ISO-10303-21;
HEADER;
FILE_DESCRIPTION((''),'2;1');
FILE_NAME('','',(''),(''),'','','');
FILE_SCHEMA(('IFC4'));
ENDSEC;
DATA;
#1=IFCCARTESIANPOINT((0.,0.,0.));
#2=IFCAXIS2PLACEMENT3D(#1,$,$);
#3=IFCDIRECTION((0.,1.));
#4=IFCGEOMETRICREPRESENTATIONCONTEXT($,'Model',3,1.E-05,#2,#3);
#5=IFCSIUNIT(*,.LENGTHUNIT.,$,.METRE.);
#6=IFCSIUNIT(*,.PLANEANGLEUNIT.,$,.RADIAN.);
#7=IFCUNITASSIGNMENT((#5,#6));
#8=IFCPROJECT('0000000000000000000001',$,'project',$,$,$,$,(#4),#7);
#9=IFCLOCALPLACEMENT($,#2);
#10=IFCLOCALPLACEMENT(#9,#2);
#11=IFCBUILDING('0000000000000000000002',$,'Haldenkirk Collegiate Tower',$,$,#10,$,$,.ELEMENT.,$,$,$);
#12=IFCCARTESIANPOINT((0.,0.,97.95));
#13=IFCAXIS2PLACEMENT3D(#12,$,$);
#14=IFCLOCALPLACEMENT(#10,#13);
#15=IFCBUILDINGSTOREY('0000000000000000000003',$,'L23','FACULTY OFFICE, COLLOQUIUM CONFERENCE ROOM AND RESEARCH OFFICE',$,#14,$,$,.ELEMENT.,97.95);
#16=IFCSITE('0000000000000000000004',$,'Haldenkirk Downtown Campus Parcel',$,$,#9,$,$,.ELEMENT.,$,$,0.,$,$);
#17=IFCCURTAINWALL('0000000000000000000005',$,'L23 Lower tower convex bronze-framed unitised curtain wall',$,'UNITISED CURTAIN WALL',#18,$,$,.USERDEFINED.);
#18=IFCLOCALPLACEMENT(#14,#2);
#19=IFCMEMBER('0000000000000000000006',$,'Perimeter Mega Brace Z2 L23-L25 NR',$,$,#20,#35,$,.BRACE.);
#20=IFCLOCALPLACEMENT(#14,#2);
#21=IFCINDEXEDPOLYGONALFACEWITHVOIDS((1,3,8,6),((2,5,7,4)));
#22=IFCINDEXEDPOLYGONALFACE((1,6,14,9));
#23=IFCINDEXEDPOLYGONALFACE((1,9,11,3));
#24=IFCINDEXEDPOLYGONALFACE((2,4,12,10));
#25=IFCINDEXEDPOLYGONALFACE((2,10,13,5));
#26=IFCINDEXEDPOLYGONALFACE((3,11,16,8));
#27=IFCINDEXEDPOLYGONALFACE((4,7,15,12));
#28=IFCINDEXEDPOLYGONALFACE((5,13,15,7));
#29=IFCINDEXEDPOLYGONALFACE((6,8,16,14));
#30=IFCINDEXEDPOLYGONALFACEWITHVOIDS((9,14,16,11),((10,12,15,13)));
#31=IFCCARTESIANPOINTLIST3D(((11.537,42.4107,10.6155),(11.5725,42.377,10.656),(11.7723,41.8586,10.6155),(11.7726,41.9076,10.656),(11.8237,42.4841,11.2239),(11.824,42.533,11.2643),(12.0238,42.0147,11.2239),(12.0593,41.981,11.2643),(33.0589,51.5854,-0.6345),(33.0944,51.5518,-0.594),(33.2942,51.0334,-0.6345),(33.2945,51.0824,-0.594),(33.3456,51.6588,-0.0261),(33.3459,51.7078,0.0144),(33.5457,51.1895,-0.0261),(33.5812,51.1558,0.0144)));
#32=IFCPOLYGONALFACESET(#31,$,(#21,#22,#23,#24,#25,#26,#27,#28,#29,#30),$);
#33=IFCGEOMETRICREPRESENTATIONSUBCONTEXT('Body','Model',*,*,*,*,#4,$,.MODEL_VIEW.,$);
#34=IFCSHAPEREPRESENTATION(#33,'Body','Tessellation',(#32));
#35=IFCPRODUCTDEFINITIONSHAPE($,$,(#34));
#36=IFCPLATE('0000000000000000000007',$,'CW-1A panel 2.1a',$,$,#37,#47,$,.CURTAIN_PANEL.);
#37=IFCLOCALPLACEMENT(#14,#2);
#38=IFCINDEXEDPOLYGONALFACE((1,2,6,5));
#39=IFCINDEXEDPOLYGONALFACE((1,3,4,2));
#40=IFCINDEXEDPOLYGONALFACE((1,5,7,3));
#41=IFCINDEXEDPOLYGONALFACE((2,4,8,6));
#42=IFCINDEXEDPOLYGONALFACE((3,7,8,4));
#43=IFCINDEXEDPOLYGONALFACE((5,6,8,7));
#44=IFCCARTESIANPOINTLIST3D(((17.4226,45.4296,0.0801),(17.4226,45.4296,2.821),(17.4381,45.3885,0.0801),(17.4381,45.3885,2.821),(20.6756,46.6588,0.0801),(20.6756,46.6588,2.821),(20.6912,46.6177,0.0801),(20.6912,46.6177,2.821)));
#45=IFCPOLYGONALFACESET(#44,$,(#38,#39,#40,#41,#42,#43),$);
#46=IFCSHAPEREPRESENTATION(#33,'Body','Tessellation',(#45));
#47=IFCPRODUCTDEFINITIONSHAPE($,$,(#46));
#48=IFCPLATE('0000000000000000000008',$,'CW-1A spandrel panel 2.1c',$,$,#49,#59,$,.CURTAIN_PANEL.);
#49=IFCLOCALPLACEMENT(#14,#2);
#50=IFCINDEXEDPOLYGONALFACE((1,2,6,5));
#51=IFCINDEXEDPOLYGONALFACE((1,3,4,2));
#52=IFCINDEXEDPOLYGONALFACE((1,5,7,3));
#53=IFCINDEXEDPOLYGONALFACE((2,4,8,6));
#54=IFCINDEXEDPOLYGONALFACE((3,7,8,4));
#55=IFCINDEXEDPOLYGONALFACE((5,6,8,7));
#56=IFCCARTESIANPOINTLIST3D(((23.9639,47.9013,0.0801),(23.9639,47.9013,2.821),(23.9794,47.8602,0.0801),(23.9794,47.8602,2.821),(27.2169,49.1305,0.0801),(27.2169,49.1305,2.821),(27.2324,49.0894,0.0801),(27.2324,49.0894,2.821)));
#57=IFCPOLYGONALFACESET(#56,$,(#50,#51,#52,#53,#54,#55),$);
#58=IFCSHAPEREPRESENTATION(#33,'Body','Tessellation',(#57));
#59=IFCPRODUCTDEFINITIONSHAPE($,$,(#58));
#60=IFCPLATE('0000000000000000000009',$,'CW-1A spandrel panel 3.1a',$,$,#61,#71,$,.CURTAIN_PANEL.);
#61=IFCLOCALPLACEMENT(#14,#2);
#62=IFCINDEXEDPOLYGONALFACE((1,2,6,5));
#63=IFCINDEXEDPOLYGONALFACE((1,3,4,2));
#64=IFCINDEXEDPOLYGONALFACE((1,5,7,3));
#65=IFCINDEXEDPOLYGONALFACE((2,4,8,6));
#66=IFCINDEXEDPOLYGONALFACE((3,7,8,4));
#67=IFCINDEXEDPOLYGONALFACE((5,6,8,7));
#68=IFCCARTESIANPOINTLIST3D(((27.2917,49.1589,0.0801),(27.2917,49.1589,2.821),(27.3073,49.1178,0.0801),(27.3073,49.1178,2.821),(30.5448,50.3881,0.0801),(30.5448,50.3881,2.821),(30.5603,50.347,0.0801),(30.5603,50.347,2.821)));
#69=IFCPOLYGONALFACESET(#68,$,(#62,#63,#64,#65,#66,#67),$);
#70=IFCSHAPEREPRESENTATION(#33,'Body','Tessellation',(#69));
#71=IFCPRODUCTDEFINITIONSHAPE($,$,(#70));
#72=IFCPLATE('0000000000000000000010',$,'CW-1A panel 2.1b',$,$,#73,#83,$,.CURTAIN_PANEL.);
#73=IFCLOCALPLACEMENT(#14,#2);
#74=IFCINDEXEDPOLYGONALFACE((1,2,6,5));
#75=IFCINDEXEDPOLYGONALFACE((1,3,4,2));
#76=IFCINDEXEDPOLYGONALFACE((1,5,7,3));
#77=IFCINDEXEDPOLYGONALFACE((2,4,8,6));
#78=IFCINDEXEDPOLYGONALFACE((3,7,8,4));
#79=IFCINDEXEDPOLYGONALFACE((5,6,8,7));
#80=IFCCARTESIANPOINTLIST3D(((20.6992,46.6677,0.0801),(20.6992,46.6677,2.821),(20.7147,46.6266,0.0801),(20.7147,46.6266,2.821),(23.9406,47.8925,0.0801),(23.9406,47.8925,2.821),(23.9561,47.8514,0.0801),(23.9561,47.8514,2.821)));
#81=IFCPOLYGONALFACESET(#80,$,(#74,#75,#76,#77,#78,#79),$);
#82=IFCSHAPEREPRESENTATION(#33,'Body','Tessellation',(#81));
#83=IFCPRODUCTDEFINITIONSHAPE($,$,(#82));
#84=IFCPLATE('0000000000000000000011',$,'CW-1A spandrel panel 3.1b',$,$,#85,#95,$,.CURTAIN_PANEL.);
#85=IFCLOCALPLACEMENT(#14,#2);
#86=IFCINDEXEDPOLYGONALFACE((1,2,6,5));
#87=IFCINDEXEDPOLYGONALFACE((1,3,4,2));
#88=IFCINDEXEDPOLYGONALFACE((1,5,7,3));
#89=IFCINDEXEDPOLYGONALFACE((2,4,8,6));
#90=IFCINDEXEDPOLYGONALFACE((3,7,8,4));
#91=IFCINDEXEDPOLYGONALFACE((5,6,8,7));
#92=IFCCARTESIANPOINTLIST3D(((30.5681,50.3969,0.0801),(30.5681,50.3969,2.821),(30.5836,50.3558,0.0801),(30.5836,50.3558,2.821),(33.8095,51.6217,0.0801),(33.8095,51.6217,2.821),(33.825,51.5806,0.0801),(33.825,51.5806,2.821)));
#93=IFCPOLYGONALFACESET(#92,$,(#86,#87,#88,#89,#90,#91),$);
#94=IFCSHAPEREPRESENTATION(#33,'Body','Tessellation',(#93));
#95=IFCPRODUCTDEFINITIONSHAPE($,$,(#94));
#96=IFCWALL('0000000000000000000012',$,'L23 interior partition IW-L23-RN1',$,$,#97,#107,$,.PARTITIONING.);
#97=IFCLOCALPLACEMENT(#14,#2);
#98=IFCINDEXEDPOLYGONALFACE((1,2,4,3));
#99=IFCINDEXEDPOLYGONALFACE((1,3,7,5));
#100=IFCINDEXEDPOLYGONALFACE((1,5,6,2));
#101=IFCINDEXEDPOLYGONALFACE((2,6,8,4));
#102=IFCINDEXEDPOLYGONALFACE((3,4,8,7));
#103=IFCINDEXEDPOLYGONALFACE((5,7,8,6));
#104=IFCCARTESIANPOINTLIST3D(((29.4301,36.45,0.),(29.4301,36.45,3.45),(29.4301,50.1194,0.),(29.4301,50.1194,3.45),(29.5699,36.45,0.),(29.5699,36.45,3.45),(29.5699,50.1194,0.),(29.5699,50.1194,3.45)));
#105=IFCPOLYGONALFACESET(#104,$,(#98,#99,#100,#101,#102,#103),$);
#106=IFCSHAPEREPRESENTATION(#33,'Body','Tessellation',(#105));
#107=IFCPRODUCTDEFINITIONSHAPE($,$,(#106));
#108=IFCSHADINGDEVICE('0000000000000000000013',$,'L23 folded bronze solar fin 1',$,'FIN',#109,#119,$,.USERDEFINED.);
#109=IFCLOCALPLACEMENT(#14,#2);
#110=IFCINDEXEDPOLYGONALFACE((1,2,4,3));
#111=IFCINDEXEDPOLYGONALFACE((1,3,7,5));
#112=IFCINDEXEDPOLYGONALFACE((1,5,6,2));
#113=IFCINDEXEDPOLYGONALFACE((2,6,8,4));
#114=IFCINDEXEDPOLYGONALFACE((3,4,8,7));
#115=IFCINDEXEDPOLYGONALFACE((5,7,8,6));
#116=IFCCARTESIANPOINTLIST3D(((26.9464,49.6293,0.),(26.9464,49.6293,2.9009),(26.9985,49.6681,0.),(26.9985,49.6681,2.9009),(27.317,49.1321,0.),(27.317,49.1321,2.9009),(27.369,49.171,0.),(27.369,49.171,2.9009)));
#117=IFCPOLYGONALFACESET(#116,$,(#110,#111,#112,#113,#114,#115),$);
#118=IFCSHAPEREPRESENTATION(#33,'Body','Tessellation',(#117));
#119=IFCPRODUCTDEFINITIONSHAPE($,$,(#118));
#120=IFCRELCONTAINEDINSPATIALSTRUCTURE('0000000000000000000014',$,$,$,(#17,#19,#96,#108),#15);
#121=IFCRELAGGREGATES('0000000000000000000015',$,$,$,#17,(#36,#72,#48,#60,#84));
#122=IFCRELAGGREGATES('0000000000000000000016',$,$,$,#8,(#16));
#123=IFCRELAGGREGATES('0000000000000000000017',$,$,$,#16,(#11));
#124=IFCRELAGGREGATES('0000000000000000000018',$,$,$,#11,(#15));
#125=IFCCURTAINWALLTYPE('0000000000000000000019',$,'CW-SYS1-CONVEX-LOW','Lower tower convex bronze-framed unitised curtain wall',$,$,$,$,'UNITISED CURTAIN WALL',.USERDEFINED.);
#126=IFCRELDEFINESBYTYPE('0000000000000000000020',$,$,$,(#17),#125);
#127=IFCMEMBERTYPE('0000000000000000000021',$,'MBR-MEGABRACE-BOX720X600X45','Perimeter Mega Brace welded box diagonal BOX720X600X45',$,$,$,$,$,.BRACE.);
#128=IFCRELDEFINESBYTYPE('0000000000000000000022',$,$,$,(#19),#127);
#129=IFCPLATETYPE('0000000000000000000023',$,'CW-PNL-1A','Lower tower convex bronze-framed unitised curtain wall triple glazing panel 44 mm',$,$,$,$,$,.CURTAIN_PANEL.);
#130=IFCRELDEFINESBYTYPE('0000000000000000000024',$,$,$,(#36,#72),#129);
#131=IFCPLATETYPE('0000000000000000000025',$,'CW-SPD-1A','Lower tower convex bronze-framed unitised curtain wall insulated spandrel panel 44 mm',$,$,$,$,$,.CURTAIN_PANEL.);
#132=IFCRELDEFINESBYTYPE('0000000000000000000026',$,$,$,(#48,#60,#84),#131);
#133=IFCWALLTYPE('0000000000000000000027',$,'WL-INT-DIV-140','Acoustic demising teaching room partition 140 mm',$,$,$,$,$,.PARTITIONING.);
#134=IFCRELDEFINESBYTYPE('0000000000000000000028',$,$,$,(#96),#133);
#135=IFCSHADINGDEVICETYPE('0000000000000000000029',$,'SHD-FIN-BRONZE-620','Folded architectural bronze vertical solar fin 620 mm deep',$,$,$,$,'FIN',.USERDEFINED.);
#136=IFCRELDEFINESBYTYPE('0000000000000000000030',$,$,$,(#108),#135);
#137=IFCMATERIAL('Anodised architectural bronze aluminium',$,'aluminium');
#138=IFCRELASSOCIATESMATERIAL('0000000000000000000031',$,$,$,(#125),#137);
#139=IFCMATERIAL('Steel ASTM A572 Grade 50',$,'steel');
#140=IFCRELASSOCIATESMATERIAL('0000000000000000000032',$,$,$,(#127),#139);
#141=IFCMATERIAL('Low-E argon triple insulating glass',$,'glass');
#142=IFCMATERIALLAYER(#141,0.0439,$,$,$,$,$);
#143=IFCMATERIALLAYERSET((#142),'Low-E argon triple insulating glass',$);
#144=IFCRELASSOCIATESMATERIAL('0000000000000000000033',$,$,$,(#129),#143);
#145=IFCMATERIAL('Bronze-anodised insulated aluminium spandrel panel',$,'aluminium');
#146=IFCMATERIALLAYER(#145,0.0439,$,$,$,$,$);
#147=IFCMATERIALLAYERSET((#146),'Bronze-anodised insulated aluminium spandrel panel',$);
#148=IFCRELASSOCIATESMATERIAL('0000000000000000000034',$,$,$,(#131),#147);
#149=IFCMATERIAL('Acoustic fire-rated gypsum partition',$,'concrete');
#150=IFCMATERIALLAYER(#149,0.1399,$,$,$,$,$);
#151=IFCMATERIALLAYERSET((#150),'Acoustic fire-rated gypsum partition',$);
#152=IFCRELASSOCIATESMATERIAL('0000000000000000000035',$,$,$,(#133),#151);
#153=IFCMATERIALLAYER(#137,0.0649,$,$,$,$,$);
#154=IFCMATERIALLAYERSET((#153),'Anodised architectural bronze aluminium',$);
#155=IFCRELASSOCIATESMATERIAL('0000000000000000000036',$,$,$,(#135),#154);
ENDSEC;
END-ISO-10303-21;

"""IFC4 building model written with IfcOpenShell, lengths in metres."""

from ifc_helpers import new_model, si_unit, direction, frame, frame_2d, origin, origin_2d, place, context, subcontext, project, spatial, rectangle, hollow_rectangle, extrude, source, transform, mapped, material, layer, layer_set, material_profile, profile_set, type_object, element, aggregate, save


model = new_model("IFC4")

# Units and contexts
model_context = context("Model", 3, precision=1e-05, world=origin(), true_north=direction((0.0, 1.0)))
body_context = subcontext(model_context, "Body", "Model", "MODEL_VIEW")
ifc_project = project(units=[si_unit("LENGTHUNIT", "METRE"), si_unit("PLANEANGLEUNIT", "RADIAN")], contexts=[model_context])

# Site, building, storey
site_placement = place(None, origin())
site = spatial("IfcSite", under=ifc_project, at=site_placement, Name="Haldenkirk Downtown Campus Parcel", CompositionType="ELEMENT", RefElevation=0.0)
building_placement = place(site_placement, origin())
building = spatial("IfcBuilding", under=site, at=building_placement, Name="Haldenkirk Collegiate Tower", CompositionType="ELEMENT")
storey_placement = place(building_placement, frame((0.0, 0.0, 97.95)))
storey = spatial("IfcBuildingStorey", under=building, at=storey_placement, Name="L23", Description="FACULTY OFFICE, COLLOQUIUM CONFERENCE ROOM AND RESEARCH OFFICE", CompositionType="ELEMENT", Elevation=97.95)

# Curtain wall
ifc_material_1 = material(Name="Anodised architectural bronze aluminium", Category="aluminium")
curtain_wall_type = type_object("IfcCurtainWallType", Name="CW-SYS1-CONVEX-LOW", Description="Lower tower convex bronze-framed unitised curtain wall", ElementType="UNITISED CURTAIN WALL", PredefinedType="USERDEFINED", material=ifc_material_1)
curtain_wall_placement = place(storey_placement, origin())
curtain_wall = element("IfcCurtainWall", 1, at=curtain_wall_placement, inside=storey, type_object=curtain_wall_type, Name="L23 Lower tower convex bronze-framed unitised curtain wall", ObjectType="UNITISED CURTAIN WALL", PredefinedType="USERDEFINED")

# Member
ifc_material_2 = material(Name="Steel ASTM A572 Grade 50", Category="steel")
ifc_material_profile_1 = material_profile(ifc_material_2, hollow_rectangle(XDim=0.6001, YDim=0.72, WallThickness=0.0449, at=origin_2d()), Name="BOX720X600X45")
ifc_profile_set_1 = profile_set([ifc_material_profile_1], Name="Steel ASTM A572 Grade 50")
member_type_1 = type_object("IfcMemberType", Name="MBR-MEGABRACE-BOX720X600X45", Description="Perimeter Mega Brace welded box diagonal BOX720X600X45", PredefinedType="BRACE", material=ifc_profile_set_1)
member_1_placement = place(storey_placement, frame((33.3201, 51.3706, -0.3101), z_axis=(-0.829035, -0.353417, 0.433355), x_axis=(0.392153, -0.9199, 0.0)))
element("IfcMember", 2, at=member_1_placement, inside=storey, type_object=member_type_1, Name="Perimeter Mega Brace Z2 L23-L25 NR", PredefinedType="BRACE", context=body_context, shape_type="SweptSolid", body=[
    extrude(hollow_rectangle(XDim=0.6001, YDim=0.72, WallThickness=0.0449, at=origin_2d()), origin(), (0.0, 0.0, 1.0), 25.9602),
])

# Plates
ifc_material_3 = material(Name="Low-E argon triple insulating glass", Category="glass")
ifc_layer_1 = layer(ifc_material_3, 0.0439)
ifc_layer_set_1 = layer_set([ifc_layer_1], Name="Low-E argon triple insulating glass")
plate_type_1 = type_object("IfcPlateType", Name="CW-PNL-1A", Description="Lower tower convex bronze-framed unitised curtain wall triple glazing panel 44 mm", PredefinedType="CURTAIN_PANEL", material=ifc_layer_set_1)
shared_shape_1 = source(origin(), body_context, "Body", "SweptSolid", [
    extrude(rectangle(XDim=3.4775, YDim=0.0439, at=origin_2d()), origin(), (0.0, 0.0, 1.0), 2.741),
])
plate_1_placement = place(storey_placement, frame((19.0569, 46.0237, 0.0801), z_axis=(0.0, 0.0, 1.0), x_axis=(0.935443, 0.353476, 0.0)))
plate_1 = element("IfcPlate", 3, at=plate_1_placement, type_object=plate_type_1, Name="CW-1A panel 2.1a", PredefinedType="CURTAIN_PANEL", context=body_context, shape_type="MappedRepresentation", body=[
    mapped(shared_shape_1, transform((0.0, 0.0, 0.0), x_axis=(1.0, 0.0, 0.0), y_axis=(0.0, 1.0, 0.0), z_axis=(0.0, 0.0, 1.0), scale=1.0)),
])
ifc_material_4 = material(Name="Bronze-anodised insulated aluminium spandrel panel", Category="aluminium")
ifc_layer_2 = layer(ifc_material_4, 0.0439)
ifc_layer_set_2 = layer_set([ifc_layer_2], Name="Bronze-anodised insulated aluminium spandrel panel")
plate_type_2 = type_object("IfcPlateType", Name="CW-SPD-1A", Description="Lower tower convex bronze-framed unitised curtain wall insulated spandrel panel 44 mm", PredefinedType="CURTAIN_PANEL", material=ifc_layer_set_2)
plate_2_placement = place(storey_placement, frame((25.5981, 48.4954, 0.0801), z_axis=(0.0, 0.0, 1.0), x_axis=(0.935443, 0.353476, 0.0)))
plate_2 = element("IfcPlate", 4, at=plate_2_placement, type_object=plate_type_2, Name="CW-1A spandrel panel 2.1c", PredefinedType="CURTAIN_PANEL", context=body_context, shape_type="MappedRepresentation", body=[
    mapped(shared_shape_1, transform((0.0, 0.0, 0.0), x_axis=(1.0, 0.0, 0.0), y_axis=(0.0, 1.0, 0.0), z_axis=(0.0, 0.0, 1.0), scale=1.0)),
])
plate_3_placement = place(storey_placement, frame((28.926, 49.7529, 0.0801), z_axis=(0.0, 0.0, 1.0), x_axis=(0.935443, 0.353476, 0.0)))
plate_3 = element("IfcPlate", 5, at=plate_3_placement, type_object=plate_type_2, Name="CW-1A spandrel panel 3.1a", PredefinedType="CURTAIN_PANEL", context=body_context, shape_type="MappedRepresentation", body=[
    mapped(shared_shape_1, transform((0.0, 0.0, 0.0), x_axis=(1.0, 0.0, 0.0), y_axis=(0.0, 1.0, 0.0), z_axis=(0.0, 0.0, 1.0), scale=1.0)),
])
shared_shape_2 = source(origin(), body_context, "Body", "SweptSolid", [
    extrude(rectangle(XDim=3.4651, YDim=0.0439, at=origin_2d()), origin(), (0.0, 0.0, 1.0), 2.741),
])
plate_4_placement = place(storey_placement, frame((22.3276, 47.2595, 0.0801), z_axis=(0.0, 0.0, 1.0), x_axis=(0.935443, 0.353476, 0.0)))
plate_4 = element("IfcPlate", 6, at=plate_4_placement, type_object=plate_type_1, Name="CW-1A panel 2.1b", PredefinedType="CURTAIN_PANEL", context=body_context, shape_type="MappedRepresentation", body=[
    mapped(shared_shape_2, transform((0.0, 0.0, 0.0), x_axis=(1.0, 0.0, 0.0), y_axis=(0.0, 1.0, 0.0), z_axis=(0.0, 0.0, 1.0), scale=1.0)),
])
plate_5_placement = place(storey_placement, frame((32.1965, 50.9888, 0.0801), z_axis=(0.0, 0.0, 1.0), x_axis=(0.935443, 0.353476, 0.0)))
plate_5 = element("IfcPlate", 7, at=plate_5_placement, type_object=plate_type_2, Name="CW-1A spandrel panel 3.1b", PredefinedType="CURTAIN_PANEL", context=body_context, shape_type="MappedRepresentation", body=[
    mapped(shared_shape_2, transform((0.0, 0.0, 0.0), x_axis=(1.0, 0.0, 0.0), y_axis=(0.0, 1.0, 0.0), z_axis=(0.0, 0.0, 1.0), scale=1.0)),
])
aggregate(curtain_wall, [plate_1, plate_4, plate_2, plate_3, plate_5])

# Shared definitions
ifc_material_5 = material(Name="Acoustic fire-rated gypsum partition", Category="concrete")

# Wall
ifc_layer_3 = layer(ifc_material_5, 0.1399)
ifc_layer_set_3 = layer_set([ifc_layer_3], Name="Acoustic fire-rated gypsum partition")
wall_type_1 = type_object("IfcWallType", Name="WL-INT-DIV-140", Description="Acoustic demising teaching room partition 140 mm", PredefinedType="PARTITIONING", material=ifc_layer_set_3)
wall_1_placement = place(storey_placement, frame((29.5, 36.45, 0.0), z_axis=(0.0, 0.0, 1.0), x_axis=(0.0, 1.0, 0.0)))
element("IfcWall", 8, at=wall_1_placement, inside=storey, type_object=wall_type_1, Name="L23 interior partition IW-L23-RN1", PredefinedType="PARTITIONING", context=body_context, shape_type="SweptSolid", body=[
    extrude(rectangle(XDim=13.6694, YDim=0.1399, at=frame_2d((6.8347, 0.0))), origin(), (0.0, 0.0, 1.0), 3.45),
])

# Shading device
ifc_layer_4 = layer(ifc_material_1, 0.0649)
ifc_layer_set_4 = layer_set([ifc_layer_4], Name="Anodised architectural bronze aluminium")
shading_device_type = type_object("IfcShadingDeviceType", Name="SHD-FIN-BRONZE-620", Description="Folded architectural bronze vertical solar fin 620 mm deep", ElementType="FIN", PredefinedType="USERDEFINED", material=ifc_layer_set_4)
shared_shape_3 = source(origin(), body_context, "Body", "SweptSolid", [
    extrude(rectangle(XDim=0.6201, YDim=0.0649, at=origin_2d()), origin(), (0.0, 0.0, 1.0), 2.9009),
])
shading_device_placement = place(storey_placement, frame((27.1577, 49.4001, 0.0), z_axis=(0.0, 0.0, 1.0), x_axis=(-0.597625, 0.801776, 0.0)))
element("IfcShadingDevice", 9, at=shading_device_placement, inside=storey, type_object=shading_device_type, Name="L23 folded bronze solar fin 1", ObjectType="FIN", PredefinedType="USERDEFINED", context=body_context, shape_type="MappedRepresentation", body=[
    mapped(shared_shape_3, transform((0.0, 0.0, 0.0), x_axis=(1.0, 0.0, 0.0), y_axis=(0.0, 1.0, 0.0), z_axis=(0.0, 0.0, 1.0), scale=1.0)),
])

save(model, "model.ifc")
